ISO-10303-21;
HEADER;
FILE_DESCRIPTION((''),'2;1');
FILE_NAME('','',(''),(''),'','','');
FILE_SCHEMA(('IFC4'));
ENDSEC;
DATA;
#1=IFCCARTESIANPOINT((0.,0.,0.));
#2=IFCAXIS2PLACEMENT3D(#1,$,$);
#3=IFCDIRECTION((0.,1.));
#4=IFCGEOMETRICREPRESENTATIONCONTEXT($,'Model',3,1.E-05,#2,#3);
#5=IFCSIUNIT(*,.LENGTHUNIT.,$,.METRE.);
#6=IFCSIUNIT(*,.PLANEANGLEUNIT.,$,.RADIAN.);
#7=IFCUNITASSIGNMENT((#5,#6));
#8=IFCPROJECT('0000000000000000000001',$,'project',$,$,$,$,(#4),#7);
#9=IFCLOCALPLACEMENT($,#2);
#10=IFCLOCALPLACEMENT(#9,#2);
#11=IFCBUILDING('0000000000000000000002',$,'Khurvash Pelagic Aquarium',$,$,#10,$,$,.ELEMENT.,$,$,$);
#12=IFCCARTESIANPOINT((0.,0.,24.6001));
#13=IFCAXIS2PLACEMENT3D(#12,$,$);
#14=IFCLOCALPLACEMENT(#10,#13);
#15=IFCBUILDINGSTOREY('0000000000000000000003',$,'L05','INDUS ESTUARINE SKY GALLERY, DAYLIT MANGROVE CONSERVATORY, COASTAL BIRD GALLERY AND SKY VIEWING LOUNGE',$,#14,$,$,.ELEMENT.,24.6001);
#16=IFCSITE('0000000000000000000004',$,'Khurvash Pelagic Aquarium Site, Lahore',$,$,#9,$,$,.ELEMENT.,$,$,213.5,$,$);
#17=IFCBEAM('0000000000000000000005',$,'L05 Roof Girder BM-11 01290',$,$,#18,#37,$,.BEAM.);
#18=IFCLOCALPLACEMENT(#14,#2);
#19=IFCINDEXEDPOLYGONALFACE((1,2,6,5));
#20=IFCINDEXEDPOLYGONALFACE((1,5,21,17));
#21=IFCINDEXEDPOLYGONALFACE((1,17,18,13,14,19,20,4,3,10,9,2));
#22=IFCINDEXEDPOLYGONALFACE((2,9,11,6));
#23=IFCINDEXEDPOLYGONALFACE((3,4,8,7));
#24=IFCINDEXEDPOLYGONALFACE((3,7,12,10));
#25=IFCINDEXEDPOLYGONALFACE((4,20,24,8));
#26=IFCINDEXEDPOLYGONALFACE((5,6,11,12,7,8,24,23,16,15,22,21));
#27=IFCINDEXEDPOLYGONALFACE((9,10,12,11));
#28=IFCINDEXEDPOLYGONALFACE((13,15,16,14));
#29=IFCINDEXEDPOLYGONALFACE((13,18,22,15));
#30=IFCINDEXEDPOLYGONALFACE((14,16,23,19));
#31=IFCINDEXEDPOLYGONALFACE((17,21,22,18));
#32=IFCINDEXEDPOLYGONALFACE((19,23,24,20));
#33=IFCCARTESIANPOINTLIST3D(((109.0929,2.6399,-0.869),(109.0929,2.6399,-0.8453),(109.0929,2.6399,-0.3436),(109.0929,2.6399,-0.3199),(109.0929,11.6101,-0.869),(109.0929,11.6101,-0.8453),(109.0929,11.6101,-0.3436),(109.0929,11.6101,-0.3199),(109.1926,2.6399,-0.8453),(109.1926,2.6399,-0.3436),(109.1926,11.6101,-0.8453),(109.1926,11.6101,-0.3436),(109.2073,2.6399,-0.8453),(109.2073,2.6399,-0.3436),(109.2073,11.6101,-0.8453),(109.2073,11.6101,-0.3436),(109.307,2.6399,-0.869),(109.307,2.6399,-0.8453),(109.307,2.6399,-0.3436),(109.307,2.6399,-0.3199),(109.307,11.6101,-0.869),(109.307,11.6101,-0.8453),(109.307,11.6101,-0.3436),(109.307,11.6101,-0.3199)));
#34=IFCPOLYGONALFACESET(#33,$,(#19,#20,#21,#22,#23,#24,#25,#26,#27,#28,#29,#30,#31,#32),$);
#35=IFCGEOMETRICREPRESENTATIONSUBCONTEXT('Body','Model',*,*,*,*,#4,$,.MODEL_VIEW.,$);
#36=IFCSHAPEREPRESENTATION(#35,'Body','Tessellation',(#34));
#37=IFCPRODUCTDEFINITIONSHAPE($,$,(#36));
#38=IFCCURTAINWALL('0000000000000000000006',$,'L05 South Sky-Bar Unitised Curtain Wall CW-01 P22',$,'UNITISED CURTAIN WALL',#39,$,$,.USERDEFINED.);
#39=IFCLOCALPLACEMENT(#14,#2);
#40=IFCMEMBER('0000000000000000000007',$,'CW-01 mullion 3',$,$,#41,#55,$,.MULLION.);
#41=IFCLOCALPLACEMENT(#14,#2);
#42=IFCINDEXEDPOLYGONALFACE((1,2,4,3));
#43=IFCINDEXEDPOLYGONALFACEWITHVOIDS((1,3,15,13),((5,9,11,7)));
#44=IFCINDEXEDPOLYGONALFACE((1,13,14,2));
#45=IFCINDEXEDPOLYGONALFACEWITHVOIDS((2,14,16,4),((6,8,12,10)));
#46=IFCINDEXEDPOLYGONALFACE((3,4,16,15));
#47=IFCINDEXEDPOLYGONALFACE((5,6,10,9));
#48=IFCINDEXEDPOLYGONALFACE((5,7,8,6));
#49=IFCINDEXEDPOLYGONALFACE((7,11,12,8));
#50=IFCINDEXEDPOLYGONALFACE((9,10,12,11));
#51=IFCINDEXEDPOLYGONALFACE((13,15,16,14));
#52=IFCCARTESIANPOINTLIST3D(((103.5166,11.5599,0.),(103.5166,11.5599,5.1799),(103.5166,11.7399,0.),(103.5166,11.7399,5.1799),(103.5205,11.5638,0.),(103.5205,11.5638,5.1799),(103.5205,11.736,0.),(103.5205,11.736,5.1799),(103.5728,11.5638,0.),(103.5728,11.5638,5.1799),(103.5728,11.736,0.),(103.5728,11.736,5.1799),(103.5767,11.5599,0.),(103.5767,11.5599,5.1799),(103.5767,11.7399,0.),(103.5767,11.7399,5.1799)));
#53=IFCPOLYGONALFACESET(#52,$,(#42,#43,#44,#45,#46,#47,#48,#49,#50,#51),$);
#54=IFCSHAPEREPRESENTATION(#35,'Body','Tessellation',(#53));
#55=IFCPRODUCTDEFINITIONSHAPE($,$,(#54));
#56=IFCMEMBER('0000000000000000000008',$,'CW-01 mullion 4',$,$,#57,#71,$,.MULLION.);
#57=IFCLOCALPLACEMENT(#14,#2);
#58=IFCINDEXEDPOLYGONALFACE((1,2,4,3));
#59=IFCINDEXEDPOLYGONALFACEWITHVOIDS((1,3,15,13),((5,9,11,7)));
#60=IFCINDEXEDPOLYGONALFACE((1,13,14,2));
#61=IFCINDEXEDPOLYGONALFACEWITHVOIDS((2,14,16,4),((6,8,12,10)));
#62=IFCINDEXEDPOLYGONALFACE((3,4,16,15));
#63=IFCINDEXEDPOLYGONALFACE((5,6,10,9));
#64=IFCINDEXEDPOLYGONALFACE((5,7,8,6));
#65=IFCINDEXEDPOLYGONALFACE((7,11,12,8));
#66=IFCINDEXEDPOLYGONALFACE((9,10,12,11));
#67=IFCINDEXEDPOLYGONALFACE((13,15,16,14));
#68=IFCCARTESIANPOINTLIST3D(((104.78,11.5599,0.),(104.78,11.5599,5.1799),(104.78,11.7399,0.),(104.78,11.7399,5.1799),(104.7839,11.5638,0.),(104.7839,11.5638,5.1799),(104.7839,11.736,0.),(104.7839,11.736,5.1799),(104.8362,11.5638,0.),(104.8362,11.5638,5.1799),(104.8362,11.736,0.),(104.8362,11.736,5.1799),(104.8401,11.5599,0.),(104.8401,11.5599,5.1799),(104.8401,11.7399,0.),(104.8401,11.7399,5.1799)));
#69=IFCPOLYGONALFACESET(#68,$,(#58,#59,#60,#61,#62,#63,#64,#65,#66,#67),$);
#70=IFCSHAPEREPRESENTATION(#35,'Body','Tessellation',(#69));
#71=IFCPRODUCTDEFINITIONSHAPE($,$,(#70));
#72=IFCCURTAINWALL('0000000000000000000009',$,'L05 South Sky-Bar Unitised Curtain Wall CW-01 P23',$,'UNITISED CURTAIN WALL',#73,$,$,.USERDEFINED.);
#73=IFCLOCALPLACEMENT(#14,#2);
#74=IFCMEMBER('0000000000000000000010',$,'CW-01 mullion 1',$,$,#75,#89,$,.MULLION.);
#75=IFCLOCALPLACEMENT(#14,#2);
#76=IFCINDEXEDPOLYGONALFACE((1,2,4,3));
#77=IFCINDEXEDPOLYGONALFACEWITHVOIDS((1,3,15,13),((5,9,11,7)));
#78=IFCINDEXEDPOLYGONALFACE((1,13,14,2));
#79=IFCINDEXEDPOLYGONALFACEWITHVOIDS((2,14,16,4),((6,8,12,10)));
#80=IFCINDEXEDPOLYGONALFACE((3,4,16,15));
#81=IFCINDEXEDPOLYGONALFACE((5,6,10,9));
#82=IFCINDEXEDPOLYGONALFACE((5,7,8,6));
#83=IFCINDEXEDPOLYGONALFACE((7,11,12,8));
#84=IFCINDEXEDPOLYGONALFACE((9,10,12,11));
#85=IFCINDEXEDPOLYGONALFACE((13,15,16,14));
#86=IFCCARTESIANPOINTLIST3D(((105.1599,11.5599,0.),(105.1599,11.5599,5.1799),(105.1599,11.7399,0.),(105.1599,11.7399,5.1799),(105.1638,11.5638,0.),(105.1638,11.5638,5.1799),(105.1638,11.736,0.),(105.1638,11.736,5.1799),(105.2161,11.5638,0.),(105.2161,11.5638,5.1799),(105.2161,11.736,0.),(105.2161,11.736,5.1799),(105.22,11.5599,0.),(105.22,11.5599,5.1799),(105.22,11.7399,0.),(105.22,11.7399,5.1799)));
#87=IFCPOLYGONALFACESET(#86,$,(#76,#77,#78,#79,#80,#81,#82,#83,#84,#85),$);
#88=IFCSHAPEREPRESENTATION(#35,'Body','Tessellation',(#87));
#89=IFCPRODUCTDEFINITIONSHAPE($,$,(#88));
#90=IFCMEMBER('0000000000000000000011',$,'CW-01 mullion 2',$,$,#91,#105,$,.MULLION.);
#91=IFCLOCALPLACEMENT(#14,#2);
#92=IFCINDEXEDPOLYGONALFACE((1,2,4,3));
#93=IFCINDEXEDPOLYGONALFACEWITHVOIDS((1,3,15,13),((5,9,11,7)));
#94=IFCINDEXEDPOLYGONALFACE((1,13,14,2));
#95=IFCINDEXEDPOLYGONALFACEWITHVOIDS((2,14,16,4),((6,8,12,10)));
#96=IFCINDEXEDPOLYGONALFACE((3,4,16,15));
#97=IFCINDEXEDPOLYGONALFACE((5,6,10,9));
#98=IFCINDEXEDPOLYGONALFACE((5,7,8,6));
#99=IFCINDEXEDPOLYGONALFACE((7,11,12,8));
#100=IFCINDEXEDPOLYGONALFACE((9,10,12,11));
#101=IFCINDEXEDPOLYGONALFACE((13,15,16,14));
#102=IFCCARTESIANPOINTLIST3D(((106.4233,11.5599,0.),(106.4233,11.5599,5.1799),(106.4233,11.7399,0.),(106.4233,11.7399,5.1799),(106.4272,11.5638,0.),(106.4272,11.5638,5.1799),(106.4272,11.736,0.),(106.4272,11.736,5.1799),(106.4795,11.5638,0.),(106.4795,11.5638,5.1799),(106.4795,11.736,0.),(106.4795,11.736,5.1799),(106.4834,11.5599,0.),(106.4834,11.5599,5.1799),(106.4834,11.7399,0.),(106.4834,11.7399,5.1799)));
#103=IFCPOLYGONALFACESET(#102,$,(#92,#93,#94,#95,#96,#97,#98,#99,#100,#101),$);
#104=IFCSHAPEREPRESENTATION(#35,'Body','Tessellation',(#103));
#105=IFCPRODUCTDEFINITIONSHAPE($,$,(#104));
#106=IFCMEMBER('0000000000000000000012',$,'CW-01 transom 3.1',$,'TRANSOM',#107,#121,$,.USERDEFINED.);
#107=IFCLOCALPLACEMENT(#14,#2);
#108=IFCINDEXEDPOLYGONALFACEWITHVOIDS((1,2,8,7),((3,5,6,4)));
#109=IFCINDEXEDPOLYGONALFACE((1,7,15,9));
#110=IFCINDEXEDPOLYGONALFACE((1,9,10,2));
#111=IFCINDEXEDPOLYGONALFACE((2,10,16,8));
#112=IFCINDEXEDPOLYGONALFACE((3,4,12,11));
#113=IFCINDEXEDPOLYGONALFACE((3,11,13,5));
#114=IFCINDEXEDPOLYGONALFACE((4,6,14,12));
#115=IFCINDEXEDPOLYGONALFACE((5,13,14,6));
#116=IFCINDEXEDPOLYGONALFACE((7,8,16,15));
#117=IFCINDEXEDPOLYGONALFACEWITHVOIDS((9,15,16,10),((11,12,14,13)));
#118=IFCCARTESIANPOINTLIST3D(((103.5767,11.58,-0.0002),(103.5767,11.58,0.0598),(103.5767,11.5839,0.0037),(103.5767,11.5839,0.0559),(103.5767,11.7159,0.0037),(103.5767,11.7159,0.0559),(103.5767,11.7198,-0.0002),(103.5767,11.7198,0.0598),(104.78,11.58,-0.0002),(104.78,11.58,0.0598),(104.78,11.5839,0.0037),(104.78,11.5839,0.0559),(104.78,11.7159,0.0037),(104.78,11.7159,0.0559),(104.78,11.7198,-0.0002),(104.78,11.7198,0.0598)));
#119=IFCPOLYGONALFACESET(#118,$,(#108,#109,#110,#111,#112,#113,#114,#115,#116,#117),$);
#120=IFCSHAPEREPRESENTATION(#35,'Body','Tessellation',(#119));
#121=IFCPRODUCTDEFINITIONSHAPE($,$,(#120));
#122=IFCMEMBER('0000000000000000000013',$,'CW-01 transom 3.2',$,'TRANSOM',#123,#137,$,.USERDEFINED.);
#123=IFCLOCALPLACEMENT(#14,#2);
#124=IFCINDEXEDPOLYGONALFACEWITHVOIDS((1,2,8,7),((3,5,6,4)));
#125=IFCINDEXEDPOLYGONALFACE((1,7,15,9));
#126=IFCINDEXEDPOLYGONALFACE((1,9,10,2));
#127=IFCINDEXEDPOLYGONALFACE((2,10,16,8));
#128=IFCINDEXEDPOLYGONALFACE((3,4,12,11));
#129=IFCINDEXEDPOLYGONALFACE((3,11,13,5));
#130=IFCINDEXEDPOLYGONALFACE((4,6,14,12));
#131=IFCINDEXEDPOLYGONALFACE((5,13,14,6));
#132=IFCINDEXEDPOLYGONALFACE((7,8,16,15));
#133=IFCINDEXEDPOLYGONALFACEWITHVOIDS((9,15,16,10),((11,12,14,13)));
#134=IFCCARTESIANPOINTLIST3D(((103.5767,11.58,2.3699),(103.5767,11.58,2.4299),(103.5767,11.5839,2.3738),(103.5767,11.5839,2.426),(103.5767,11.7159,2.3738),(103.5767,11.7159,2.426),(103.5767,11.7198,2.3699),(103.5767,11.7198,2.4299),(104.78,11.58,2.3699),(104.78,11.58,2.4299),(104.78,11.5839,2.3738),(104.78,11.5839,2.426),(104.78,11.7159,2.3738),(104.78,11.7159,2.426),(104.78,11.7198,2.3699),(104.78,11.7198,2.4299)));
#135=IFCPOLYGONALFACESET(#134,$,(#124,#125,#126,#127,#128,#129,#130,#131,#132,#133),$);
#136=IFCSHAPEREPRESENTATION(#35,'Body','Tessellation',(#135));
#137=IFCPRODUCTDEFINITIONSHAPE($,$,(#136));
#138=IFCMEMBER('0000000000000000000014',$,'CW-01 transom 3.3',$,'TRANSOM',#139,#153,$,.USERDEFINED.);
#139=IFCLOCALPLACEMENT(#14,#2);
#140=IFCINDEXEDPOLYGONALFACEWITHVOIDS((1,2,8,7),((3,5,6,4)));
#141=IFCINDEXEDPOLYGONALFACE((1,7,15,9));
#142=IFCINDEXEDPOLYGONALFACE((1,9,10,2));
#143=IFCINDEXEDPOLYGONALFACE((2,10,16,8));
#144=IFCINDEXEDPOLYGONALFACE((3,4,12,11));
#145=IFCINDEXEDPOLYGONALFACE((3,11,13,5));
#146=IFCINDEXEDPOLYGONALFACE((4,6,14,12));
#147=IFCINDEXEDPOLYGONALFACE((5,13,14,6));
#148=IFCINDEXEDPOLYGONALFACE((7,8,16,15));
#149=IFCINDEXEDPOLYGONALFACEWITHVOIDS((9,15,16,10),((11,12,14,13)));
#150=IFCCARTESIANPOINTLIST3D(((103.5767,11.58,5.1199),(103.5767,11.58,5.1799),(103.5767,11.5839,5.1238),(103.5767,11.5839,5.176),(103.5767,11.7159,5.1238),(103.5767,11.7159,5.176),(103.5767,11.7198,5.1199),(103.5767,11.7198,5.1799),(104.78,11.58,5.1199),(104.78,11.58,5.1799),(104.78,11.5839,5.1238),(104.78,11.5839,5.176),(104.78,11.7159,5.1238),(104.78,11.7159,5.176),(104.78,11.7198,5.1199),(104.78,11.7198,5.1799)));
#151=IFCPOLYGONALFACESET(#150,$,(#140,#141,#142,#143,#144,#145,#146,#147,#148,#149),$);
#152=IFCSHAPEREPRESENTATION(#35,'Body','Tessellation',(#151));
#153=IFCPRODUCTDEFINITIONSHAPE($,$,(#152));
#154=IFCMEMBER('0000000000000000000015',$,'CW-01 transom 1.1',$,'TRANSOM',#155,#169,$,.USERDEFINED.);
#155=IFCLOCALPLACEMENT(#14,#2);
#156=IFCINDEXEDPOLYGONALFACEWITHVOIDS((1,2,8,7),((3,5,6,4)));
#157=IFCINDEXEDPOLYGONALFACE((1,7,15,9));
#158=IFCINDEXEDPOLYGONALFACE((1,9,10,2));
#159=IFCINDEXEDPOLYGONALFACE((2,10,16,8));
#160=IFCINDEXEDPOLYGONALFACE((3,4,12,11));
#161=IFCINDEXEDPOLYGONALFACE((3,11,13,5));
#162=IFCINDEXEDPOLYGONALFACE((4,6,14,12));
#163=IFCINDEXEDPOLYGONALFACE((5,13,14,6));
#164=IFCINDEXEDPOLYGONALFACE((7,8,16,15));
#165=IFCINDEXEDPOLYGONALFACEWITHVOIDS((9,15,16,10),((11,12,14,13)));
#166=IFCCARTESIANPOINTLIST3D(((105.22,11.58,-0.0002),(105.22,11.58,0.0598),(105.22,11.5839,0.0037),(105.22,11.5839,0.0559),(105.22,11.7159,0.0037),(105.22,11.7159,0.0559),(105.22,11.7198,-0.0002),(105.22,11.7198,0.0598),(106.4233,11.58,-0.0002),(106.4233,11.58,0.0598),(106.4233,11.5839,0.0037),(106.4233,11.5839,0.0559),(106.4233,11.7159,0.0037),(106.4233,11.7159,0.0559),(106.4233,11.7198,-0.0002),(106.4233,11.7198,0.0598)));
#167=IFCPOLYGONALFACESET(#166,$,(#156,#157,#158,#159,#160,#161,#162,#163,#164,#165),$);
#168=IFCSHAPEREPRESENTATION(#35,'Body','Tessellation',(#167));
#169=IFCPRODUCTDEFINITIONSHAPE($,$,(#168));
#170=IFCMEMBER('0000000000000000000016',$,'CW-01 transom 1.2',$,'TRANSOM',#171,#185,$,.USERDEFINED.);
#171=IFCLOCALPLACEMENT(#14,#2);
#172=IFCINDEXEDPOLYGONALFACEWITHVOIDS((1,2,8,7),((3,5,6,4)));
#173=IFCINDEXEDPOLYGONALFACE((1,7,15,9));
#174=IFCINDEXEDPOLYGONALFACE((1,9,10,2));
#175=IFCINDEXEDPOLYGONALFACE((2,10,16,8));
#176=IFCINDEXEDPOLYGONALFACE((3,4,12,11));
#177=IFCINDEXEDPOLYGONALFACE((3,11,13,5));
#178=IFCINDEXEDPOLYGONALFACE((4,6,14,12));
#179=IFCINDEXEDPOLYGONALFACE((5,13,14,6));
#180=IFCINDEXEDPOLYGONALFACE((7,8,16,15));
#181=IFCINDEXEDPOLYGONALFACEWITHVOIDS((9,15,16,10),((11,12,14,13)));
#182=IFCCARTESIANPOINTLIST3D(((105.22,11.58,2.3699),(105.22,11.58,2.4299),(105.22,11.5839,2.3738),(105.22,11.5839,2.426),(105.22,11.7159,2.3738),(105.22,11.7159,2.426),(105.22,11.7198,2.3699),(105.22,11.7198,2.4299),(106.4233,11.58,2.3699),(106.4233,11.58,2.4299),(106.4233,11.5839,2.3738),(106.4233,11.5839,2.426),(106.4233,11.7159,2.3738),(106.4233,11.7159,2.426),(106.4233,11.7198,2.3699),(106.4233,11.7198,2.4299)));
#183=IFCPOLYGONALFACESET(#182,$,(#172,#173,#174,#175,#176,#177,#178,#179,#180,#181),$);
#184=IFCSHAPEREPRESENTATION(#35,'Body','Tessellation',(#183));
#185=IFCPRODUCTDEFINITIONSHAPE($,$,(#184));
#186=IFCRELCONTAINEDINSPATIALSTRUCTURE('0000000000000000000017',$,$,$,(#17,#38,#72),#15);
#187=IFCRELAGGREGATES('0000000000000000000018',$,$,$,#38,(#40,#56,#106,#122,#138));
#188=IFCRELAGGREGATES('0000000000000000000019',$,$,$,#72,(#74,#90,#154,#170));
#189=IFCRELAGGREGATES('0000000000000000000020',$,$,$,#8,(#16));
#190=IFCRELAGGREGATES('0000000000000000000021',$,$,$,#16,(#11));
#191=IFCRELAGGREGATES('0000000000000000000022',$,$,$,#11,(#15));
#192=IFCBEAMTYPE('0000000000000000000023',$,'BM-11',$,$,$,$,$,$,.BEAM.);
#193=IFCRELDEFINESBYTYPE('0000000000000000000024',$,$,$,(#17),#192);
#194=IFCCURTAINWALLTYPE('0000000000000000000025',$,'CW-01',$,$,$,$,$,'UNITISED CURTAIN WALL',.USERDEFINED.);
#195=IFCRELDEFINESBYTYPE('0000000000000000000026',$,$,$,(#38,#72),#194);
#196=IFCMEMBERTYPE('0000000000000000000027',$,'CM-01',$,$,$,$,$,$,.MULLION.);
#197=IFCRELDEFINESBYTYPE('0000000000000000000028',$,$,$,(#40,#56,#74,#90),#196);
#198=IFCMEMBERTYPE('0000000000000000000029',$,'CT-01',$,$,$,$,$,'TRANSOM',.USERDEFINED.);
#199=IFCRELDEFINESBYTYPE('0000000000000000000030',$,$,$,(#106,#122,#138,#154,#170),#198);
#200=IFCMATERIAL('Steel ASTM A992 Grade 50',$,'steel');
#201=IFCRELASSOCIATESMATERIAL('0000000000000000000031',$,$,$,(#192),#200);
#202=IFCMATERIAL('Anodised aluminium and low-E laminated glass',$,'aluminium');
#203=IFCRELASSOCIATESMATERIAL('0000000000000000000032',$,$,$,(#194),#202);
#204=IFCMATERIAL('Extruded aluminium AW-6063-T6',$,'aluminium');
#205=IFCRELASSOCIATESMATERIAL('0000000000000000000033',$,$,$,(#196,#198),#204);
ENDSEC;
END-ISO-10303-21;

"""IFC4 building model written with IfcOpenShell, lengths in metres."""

from ifc_helpers import new_model, si_unit, direction, frame, origin, origin_2d, place, context, subcontext, project, spatial, hollow_rectangle, i_section, extrude, material, material_profile, profile_set, type_object, element, aggregate, save


model = new_model("IFC4")

# Units and contexts
model_context = context("Model", 3, precision=1e-05, world=origin(), true_north=direction((0.0, 1.0)))
body_context = subcontext(model_context, "Body", "Model", "MODEL_VIEW")
ifc_project = project(units=[si_unit("LENGTHUNIT", "METRE"), si_unit("PLANEANGLEUNIT", "RADIAN")], contexts=[model_context])

# Site, building, storey
site_placement = place(None, origin())
site = spatial("IfcSite", under=ifc_project, at=site_placement, Name="Khurvash Pelagic Aquarium Site, Lahore", CompositionType="ELEMENT", RefElevation=213.5)
building_placement = place(site_placement, origin())
building = spatial("IfcBuilding", under=site, at=building_placement, Name="Khurvash Pelagic Aquarium", CompositionType="ELEMENT")
storey_placement = place(building_placement, frame((0.0, 0.0, 24.6001)))
storey = spatial("IfcBuildingStorey", under=building, at=storey_placement, Name="L05", Description="INDUS ESTUARINE SKY GALLERY, DAYLIT MANGROVE CONSERVATORY, COASTAL BIRD GALLERY AND SKY VIEWING LOUNGE", CompositionType="ELEMENT", Elevation=24.6001)

# Beam
ifc_material_1 = material(Name="Steel ASTM A992 Grade 50", Category="steel")
ifc_material_profile_1 = material_profile(ifc_material_1, i_section(OverallWidth=0.2141, OverallDepth=0.5491, WebThickness=0.0146, FlangeThickness=0.0237, at=origin_2d()), Name="W21X93")
ifc_profile_set_1 = profile_set([ifc_material_profile_1], Name="Steel ASTM A992 Grade 50")
beam_type = type_object("IfcBeamType", Name="BM-11", PredefinedType="BEAM", material=ifc_profile_set_1)
beam_placement = place(storey_placement, frame((109.2, 2.6399, -0.5945), z_axis=(0.0, 1.0, 0.0), x_axis=(-1.0, 0.0, 0.0)))
element("IfcBeam", 1, at=beam_placement, inside=storey, type_object=beam_type, Name="L05 Roof Girder BM-11 01290", PredefinedType="BEAM", context=body_context, shape_type="SweptSolid", body=[
    extrude(i_section(OverallWidth=0.2141, OverallDepth=0.5491, WebThickness=0.0146, FlangeThickness=0.0237, at=origin_2d()), origin(), (0.0, 0.0, 1.0), 8.9702),
])

# Curtain walls, members
ifc_material_2 = material(Name="Anodised aluminium and low-E laminated glass", Category="aluminium")
curtain_wall_type = type_object("IfcCurtainWallType", Name="CW-01", ElementType="UNITISED CURTAIN WALL", PredefinedType="USERDEFINED", material=ifc_material_2)
curtain_wall_1_placement = place(storey_placement, origin())
curtain_wall_1 = element("IfcCurtainWall", 2, at=curtain_wall_1_placement, inside=storey, type_object=curtain_wall_type, Name="L05 South Sky-Bar Unitised Curtain Wall CW-01 P22", ObjectType="UNITISED CURTAIN WALL", PredefinedType="USERDEFINED")
ifc_material_3 = material(Name="Extruded aluminium AW-6063-T6", Category="aluminium")
ifc_material_profile_2 = material_profile(ifc_material_3, hollow_rectangle(XDim=0.0601, YDim=0.1799, WallThickness=0.0039, at=origin_2d()), Name="CWM60X180X4")
ifc_profile_set_2 = profile_set([ifc_material_profile_2], Name="Extruded aluminium AW-6063-T6")
member_type_1 = type_object("IfcMemberType", Name="CM-01", PredefinedType="MULLION", material=ifc_profile_set_2)
member_1_placement = place(storey_placement, frame((103.5466, 11.6499, 0.0), z_axis=(0.0, 0.0, 1.0), x_axis=(1.0, 0.0, 0.0)))
member_1 = element("IfcMember", 3, at=member_1_placement, type_object=member_type_1, Name="CW-01 mullion 3", PredefinedType="MULLION", context=body_context, shape_type="SweptSolid", body=[
    extrude(hollow_rectangle(XDim=0.0601, YDim=0.1799, WallThickness=0.0039, at=origin_2d()), origin(), (0.0, 0.0, 1.0), 5.1799),
])
member_2_placement = place(storey_placement, frame((104.8101, 11.6499, 0.0), z_axis=(0.0, 0.0, 1.0), x_axis=(1.0, 0.0, 0.0)))
member_2 = element("IfcMember", 4, at=member_2_placement, type_object=member_type_1, Name="CW-01 mullion 4", PredefinedType="MULLION", context=body_context, shape_type="SweptSolid", body=[
    extrude(hollow_rectangle(XDim=0.0601, YDim=0.1799, WallThickness=0.0039, at=origin_2d()), origin(), (0.0, 0.0, 1.0), 5.1799),
])
curtain_wall_2_placement = place(storey_placement, origin())
curtain_wall_2 = element("IfcCurtainWall", 5, at=curtain_wall_2_placement, inside=storey, type_object=curtain_wall_type, Name="L05 South Sky-Bar Unitised Curtain Wall CW-01 P23", ObjectType="UNITISED CURTAIN WALL", PredefinedType="USERDEFINED")
member_3_placement = place(storey_placement, frame((105.1899, 11.6499, 0.0), z_axis=(0.0, 0.0, 1.0), x_axis=(1.0, 0.0, 0.0)))
member_3 = element("IfcMember", 6, at=member_3_placement, type_object=member_type_1, Name="CW-01 mullion 1", PredefinedType="MULLION", context=body_context, shape_type="SweptSolid", body=[
    extrude(hollow_rectangle(XDim=0.0601, YDim=0.1799, WallThickness=0.0039, at=origin_2d()), origin(), (0.0, 0.0, 1.0), 5.1799),
])
member_4_placement = place(storey_placement, frame((106.4534, 11.6499, 0.0), z_axis=(0.0, 0.0, 1.0), x_axis=(1.0, 0.0, 0.0)))
member_4 = element("IfcMember", 7, at=member_4_placement, type_object=member_type_1, Name="CW-01 mullion 2", PredefinedType="MULLION", context=body_context, shape_type="SweptSolid", body=[
    extrude(hollow_rectangle(XDim=0.0601, YDim=0.1799, WallThickness=0.0039, at=origin_2d()), origin(), (0.0, 0.0, 1.0), 5.1799),
])

# Members
ifc_material_profile_3 = material_profile(ifc_material_3, hollow_rectangle(XDim=0.1399, YDim=0.0601, WallThickness=0.0039, at=origin_2d()), Name="CWT140X60X4")
ifc_profile_set_3 = profile_set([ifc_material_profile_3], Name="Extruded aluminium AW-6063-T6")
member_type_2 = type_object("IfcMemberType", Name="CT-01", ElementType="TRANSOM", PredefinedType="USERDEFINED", material=ifc_profile_set_3)
member_5_placement = place(storey_placement, frame((103.5767, 11.6499, 0.0298), z_axis=(1.0, 0.0, 0.0), x_axis=(0.0, 1.0, 0.0)))
member_5 = element("IfcMember", 8, at=member_5_placement, type_object=member_type_2, Name="CW-01 transom 3.1", ObjectType="TRANSOM", PredefinedType="USERDEFINED", context=body_context, shape_type="SweptSolid", body=[
    extrude(hollow_rectangle(XDim=0.1399, YDim=0.0601, WallThickness=0.0039, at=origin_2d()), origin(), (0.0, 0.0, 1.0), 1.2034),
])
member_6_placement = place(storey_placement, frame((103.5767, 11.6499, 2.3999), z_axis=(1.0, 0.0, 0.0), x_axis=(0.0, 1.0, 0.0)))
member_6 = element("IfcMember", 9, at=member_6_placement, type_object=member_type_2, Name="CW-01 transom 3.2", ObjectType="TRANSOM", PredefinedType="USERDEFINED", context=body_context, shape_type="SweptSolid", body=[
    extrude(hollow_rectangle(XDim=0.1399, YDim=0.0601, WallThickness=0.0039, at=origin_2d()), origin(), (0.0, 0.0, 1.0), 1.2034),
])
member_7_placement = place(storey_placement, frame((103.5767, 11.6499, 5.1499), z_axis=(1.0, 0.0, 0.0), x_axis=(0.0, 1.0, 0.0)))
member_7 = element("IfcMember", 10, at=member_7_placement, type_object=member_type_2, Name="CW-01 transom 3.3", ObjectType="TRANSOM", PredefinedType="USERDEFINED", context=body_context, shape_type="SweptSolid", body=[
    extrude(hollow_rectangle(XDim=0.1399, YDim=0.0601, WallThickness=0.0039, at=origin_2d()), origin(), (0.0, 0.0, 1.0), 1.2034),
])
member_8_placement = place(storey_placement, frame((105.22, 11.6499, 0.0298), z_axis=(1.0, 0.0, 0.0), x_axis=(0.0, 1.0, 0.0)))
member_8 = element("IfcMember", 11, at=member_8_placement, type_object=member_type_2, Name="CW-01 transom 1.1", ObjectType="TRANSOM", PredefinedType="USERDEFINED", context=body_context, shape_type="SweptSolid", body=[
    extrude(hollow_rectangle(XDim=0.1399, YDim=0.0601, WallThickness=0.0039, at=origin_2d()), origin(), (0.0, 0.0, 1.0), 1.2034),
])
member_9_placement = place(storey_placement, frame((105.22, 11.6499, 2.3999), z_axis=(1.0, 0.0, 0.0), x_axis=(0.0, 1.0, 0.0)))
member_9 = element("IfcMember", 12, at=member_9_placement, type_object=member_type_2, Name="CW-01 transom 1.2", ObjectType="TRANSOM", PredefinedType="USERDEFINED", context=body_context, shape_type="SweptSolid", body=[
    extrude(hollow_rectangle(XDim=0.1399, YDim=0.0601, WallThickness=0.0039, at=origin_2d()), origin(), (0.0, 0.0, 1.0), 1.2034),
])

aggregate(curtain_wall_1, [member_1, member_2, member_5, member_6, member_7])
aggregate(curtain_wall_2, [member_3, member_4, member_8, member_9])

save(model, "model.ifc")
